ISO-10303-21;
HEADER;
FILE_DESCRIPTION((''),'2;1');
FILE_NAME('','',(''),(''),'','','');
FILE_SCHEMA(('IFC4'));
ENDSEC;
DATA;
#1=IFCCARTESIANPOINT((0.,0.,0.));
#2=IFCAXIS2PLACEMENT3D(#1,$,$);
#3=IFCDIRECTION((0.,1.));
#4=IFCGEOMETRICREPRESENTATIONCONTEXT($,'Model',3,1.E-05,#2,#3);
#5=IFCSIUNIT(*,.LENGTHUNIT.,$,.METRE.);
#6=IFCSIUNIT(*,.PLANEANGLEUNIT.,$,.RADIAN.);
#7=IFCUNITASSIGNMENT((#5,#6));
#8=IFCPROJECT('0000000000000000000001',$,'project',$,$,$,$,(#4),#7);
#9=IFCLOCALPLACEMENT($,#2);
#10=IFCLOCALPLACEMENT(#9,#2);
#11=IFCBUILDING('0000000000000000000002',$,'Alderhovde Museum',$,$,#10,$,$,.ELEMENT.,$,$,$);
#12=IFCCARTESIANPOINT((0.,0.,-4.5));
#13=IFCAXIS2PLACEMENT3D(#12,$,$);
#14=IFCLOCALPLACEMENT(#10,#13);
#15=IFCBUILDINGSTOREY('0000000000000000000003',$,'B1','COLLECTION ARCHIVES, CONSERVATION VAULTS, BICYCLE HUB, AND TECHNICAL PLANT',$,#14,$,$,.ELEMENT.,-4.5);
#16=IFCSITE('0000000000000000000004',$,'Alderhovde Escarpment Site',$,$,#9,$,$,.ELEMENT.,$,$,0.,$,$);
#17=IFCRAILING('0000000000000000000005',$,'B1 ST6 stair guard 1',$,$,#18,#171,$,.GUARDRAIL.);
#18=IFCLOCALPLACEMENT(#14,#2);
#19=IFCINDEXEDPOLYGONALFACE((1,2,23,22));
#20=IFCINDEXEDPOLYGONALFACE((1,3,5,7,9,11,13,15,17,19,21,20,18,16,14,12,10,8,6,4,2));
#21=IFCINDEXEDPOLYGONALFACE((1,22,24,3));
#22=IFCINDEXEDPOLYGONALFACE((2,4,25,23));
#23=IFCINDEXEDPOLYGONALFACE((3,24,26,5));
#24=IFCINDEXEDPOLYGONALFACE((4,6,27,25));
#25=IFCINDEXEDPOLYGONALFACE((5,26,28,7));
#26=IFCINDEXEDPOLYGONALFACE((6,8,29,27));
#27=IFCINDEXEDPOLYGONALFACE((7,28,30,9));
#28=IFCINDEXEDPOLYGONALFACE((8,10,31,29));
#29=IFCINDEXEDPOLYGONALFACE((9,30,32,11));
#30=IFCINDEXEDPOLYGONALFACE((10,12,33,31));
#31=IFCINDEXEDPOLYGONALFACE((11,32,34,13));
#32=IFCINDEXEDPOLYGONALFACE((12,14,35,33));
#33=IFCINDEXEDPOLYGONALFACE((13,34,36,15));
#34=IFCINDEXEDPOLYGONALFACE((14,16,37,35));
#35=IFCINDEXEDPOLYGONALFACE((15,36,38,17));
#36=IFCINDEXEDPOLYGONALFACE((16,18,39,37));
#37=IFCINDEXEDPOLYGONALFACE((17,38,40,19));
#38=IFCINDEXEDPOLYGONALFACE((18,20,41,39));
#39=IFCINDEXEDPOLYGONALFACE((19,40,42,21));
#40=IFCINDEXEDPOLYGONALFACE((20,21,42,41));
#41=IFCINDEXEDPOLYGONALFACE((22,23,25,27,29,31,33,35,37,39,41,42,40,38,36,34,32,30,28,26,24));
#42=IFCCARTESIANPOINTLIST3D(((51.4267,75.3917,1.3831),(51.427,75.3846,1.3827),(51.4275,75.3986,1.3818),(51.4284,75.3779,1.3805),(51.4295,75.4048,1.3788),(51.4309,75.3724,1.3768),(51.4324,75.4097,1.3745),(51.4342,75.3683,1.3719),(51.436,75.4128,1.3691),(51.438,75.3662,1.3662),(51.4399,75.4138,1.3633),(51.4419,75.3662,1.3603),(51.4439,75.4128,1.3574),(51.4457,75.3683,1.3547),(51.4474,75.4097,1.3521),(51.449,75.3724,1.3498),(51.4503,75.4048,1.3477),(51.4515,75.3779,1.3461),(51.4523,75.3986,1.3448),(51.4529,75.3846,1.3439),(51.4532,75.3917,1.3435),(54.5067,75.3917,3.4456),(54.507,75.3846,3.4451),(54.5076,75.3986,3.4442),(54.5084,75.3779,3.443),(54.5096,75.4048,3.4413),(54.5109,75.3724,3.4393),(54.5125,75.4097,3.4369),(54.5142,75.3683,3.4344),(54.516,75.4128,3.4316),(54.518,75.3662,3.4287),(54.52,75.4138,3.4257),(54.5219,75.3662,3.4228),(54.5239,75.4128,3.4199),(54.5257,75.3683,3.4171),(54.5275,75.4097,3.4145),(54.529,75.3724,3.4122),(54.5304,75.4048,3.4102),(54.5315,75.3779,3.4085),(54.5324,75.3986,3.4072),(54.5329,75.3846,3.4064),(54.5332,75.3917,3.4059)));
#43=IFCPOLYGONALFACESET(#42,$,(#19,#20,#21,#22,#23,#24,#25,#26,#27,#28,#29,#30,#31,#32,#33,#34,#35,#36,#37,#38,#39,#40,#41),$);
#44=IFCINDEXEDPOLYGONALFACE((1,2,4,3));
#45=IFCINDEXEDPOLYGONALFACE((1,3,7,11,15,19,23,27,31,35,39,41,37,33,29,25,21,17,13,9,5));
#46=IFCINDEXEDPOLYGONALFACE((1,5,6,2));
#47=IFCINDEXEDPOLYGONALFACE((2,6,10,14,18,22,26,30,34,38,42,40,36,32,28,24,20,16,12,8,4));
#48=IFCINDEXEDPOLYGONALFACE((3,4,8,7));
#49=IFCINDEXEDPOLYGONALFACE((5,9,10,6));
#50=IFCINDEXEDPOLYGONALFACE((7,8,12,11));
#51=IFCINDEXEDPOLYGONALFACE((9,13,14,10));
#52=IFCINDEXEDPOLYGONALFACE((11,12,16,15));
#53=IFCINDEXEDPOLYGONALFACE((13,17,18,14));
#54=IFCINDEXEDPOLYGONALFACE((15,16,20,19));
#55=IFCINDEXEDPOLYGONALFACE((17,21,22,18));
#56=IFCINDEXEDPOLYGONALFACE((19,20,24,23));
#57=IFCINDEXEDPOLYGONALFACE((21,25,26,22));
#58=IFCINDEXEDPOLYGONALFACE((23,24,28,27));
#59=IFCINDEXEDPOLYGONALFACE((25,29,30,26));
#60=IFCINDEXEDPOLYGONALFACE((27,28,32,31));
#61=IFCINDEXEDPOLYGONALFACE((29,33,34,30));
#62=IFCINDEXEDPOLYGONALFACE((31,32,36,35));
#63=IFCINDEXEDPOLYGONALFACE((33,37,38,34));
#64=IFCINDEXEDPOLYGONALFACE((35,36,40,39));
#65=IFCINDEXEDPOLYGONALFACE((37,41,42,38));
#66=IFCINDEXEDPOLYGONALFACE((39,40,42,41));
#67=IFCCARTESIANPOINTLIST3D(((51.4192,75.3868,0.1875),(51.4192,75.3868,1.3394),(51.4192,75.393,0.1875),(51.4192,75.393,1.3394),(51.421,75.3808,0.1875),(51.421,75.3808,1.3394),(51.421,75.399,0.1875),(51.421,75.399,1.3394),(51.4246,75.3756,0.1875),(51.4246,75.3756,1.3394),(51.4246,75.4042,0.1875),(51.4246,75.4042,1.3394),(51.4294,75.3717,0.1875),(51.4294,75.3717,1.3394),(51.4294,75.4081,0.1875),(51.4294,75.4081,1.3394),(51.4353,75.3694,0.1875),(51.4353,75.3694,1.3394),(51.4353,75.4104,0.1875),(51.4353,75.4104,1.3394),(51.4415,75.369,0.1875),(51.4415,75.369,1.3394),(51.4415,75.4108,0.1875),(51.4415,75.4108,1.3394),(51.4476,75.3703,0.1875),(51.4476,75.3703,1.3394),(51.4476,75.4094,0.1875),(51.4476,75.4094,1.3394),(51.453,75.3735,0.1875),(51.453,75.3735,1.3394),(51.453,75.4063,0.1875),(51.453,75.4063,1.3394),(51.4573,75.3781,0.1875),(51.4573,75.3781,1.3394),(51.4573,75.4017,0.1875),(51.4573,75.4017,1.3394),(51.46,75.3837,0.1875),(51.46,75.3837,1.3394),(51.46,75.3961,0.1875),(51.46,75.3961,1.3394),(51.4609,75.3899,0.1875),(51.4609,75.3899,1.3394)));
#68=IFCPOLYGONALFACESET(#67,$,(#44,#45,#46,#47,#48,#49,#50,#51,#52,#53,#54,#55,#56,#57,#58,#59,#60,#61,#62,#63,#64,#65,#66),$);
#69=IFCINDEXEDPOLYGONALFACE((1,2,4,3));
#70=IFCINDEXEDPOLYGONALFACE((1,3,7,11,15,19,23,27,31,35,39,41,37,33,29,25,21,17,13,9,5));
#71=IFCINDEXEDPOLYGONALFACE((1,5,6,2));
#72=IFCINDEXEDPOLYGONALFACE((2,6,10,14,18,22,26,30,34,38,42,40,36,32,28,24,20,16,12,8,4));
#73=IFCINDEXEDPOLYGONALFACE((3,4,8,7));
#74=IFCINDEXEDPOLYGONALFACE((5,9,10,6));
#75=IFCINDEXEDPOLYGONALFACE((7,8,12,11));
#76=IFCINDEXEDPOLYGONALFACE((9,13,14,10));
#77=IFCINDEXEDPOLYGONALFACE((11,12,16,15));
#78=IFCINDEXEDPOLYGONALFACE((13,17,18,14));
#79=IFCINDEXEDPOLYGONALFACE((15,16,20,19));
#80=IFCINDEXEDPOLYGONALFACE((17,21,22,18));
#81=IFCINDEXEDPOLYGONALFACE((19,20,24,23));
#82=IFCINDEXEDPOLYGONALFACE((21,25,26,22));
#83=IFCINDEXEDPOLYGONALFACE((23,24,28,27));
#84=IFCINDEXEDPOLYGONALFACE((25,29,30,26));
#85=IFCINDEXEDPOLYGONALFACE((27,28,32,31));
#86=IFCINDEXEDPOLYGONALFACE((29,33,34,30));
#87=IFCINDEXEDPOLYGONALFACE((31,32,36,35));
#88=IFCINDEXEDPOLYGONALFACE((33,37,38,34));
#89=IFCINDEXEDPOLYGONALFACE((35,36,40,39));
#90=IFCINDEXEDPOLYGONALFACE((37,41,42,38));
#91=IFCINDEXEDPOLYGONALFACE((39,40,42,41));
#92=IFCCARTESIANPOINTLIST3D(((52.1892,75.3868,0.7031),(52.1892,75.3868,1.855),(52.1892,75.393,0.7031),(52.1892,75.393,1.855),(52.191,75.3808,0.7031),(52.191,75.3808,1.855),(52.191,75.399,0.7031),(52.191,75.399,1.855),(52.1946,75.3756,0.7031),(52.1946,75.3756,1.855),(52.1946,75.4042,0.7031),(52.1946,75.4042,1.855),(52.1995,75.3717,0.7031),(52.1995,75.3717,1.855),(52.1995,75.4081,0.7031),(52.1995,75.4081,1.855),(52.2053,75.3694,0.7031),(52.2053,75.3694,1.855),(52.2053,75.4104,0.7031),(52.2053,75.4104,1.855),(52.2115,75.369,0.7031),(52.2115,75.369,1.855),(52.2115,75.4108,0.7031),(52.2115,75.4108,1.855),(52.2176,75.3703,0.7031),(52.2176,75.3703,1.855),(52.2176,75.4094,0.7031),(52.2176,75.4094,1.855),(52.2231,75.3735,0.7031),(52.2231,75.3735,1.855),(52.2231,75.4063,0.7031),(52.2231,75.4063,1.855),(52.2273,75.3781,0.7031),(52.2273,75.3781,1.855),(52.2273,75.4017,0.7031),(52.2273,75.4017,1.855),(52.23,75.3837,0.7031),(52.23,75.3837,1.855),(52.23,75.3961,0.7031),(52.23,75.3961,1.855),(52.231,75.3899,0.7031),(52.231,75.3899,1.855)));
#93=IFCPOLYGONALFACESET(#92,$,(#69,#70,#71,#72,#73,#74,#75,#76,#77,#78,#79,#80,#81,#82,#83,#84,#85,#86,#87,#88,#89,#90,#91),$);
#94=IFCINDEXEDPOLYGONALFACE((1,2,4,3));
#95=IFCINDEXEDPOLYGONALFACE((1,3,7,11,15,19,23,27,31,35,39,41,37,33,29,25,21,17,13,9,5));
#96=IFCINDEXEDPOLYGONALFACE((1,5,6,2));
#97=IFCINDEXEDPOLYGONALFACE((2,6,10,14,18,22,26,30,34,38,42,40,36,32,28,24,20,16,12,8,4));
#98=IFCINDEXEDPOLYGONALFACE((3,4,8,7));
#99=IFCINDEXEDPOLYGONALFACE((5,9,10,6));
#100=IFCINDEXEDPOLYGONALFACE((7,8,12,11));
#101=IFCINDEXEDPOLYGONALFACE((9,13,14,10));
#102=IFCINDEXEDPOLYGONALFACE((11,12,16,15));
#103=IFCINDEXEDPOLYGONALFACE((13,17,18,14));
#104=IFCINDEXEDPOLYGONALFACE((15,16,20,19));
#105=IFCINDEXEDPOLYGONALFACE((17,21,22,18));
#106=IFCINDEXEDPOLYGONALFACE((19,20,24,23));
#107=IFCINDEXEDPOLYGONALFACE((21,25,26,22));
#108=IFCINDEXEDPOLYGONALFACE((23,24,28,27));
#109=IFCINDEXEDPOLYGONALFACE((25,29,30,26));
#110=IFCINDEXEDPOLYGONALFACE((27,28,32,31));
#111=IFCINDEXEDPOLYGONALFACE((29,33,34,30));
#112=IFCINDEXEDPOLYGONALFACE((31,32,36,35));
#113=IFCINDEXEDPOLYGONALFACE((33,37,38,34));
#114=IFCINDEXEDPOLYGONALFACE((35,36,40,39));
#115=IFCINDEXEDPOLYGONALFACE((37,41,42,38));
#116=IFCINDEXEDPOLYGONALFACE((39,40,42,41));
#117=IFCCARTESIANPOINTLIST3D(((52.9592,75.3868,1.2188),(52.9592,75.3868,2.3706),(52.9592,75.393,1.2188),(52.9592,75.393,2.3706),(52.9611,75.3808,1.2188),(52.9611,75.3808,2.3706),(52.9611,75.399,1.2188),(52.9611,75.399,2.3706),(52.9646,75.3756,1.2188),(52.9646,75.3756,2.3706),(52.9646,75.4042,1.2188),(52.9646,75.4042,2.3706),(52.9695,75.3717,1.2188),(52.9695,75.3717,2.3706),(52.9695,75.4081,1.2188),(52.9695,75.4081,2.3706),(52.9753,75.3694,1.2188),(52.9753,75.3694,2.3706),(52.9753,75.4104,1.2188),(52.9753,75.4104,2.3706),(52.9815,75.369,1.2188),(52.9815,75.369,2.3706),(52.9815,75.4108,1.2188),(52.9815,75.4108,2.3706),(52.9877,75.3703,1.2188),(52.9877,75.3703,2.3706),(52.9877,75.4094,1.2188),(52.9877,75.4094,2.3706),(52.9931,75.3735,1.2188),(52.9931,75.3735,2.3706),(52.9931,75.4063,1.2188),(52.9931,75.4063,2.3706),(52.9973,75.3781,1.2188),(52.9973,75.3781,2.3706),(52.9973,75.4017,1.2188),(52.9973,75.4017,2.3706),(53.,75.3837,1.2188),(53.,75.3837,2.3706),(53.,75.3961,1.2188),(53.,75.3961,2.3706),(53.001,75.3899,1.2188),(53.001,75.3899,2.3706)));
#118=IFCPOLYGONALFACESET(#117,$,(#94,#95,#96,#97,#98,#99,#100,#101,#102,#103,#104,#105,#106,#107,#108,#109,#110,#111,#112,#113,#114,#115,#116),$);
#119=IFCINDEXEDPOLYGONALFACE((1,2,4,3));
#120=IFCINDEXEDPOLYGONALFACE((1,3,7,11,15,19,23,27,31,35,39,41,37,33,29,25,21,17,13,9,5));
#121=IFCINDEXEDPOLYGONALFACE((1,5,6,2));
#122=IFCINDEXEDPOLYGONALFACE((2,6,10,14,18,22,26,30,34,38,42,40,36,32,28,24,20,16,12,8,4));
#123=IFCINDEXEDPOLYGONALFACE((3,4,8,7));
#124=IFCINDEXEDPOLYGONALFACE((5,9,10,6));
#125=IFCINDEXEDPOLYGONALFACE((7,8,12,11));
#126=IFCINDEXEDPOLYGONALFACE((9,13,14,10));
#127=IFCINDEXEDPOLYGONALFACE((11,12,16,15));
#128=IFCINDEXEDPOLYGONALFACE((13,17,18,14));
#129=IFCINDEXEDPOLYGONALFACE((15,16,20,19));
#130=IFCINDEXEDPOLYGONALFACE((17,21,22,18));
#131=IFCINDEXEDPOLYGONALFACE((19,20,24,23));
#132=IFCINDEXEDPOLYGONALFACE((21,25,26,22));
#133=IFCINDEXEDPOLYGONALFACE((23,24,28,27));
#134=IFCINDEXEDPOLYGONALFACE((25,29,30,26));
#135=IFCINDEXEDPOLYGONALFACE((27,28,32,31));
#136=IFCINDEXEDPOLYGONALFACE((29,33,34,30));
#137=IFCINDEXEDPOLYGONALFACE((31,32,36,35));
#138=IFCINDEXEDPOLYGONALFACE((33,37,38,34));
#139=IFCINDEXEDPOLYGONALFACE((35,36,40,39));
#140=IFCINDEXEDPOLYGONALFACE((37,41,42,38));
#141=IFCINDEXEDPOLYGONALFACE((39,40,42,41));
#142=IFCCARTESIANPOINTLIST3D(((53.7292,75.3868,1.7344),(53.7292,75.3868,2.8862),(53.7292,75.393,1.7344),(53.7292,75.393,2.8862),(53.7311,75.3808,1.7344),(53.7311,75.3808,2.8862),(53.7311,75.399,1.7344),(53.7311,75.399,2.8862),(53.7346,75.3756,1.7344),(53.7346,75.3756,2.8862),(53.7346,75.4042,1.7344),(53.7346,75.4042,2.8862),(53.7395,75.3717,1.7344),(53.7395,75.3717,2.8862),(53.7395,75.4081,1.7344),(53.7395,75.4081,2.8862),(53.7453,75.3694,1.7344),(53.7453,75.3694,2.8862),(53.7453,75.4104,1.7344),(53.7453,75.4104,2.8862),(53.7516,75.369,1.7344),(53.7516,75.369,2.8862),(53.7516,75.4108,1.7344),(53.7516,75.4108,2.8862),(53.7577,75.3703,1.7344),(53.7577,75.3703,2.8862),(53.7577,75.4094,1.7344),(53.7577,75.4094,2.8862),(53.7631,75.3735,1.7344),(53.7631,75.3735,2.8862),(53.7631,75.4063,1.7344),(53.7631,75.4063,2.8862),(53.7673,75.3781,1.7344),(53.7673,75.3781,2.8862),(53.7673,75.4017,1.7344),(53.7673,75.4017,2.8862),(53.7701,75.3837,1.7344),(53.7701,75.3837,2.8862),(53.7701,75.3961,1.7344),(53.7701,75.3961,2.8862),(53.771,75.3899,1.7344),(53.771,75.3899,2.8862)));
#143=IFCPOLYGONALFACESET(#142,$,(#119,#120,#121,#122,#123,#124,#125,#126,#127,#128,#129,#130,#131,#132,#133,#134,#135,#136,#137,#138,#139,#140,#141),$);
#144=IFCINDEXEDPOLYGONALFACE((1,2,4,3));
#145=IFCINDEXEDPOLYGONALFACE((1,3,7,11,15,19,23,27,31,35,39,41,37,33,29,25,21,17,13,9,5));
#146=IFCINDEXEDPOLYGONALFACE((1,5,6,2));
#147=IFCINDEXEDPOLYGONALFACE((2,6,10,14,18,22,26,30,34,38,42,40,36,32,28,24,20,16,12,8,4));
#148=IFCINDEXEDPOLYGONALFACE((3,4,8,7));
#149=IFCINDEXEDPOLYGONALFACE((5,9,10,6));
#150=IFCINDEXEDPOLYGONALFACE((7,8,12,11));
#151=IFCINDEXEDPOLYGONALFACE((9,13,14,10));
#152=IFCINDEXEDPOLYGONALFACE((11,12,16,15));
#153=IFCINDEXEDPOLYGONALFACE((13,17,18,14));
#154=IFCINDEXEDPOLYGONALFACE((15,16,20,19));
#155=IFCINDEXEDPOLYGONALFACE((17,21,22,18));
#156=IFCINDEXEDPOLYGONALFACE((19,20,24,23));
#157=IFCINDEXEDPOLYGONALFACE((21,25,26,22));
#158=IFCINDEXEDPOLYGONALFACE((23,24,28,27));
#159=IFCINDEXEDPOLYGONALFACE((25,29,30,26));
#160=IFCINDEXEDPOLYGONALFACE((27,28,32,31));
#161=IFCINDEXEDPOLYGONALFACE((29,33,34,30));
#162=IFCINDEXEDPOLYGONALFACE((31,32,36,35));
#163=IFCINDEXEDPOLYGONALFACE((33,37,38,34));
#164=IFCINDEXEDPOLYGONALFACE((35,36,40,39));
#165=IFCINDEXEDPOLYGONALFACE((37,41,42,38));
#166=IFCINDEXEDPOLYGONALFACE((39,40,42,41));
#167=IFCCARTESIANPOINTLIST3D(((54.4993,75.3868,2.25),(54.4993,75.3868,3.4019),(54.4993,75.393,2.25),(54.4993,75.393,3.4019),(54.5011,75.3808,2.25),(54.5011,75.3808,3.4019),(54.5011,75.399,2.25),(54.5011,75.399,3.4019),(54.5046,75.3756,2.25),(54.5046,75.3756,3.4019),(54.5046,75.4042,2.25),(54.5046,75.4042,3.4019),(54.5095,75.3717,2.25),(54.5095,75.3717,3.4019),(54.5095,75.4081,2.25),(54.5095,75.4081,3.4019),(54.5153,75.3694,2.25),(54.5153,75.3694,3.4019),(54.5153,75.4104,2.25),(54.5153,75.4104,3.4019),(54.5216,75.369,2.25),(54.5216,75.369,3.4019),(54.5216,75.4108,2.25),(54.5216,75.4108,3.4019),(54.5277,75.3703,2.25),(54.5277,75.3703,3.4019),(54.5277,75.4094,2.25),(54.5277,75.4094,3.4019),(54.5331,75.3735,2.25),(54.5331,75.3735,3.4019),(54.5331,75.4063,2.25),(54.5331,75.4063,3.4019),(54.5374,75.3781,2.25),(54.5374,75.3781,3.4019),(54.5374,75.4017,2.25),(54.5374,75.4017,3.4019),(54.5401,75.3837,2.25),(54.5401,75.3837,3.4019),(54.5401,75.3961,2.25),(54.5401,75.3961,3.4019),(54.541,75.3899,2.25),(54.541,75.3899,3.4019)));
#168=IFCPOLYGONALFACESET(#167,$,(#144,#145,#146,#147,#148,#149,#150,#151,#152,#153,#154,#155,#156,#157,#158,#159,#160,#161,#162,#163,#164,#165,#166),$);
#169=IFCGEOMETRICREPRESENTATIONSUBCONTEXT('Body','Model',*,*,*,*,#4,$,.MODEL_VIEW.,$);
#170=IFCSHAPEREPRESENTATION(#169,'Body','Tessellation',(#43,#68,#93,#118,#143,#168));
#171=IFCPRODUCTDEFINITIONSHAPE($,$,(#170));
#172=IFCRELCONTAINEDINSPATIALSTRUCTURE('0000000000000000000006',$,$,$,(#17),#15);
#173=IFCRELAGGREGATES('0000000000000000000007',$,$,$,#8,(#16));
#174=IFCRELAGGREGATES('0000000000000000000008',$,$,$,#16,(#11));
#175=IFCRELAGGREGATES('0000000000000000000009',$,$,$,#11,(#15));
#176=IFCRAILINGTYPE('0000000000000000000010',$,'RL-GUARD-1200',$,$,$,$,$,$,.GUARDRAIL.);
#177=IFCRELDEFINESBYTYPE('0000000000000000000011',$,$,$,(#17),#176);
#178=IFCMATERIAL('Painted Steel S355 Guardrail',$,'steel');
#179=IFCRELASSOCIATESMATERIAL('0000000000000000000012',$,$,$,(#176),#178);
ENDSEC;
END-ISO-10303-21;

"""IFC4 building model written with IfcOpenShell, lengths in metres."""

from ifc_helpers import new_model, si_unit, direction, frame, origin, origin_2d, place, context, subcontext, project, spatial, circle, extrude, material, type_object, element, save


model = new_model("IFC4")

# Units and contexts
model_context = context("Model", 3, precision=1e-05, world=origin(), true_north=direction((0.0, 1.0)))
body_context = subcontext(model_context, "Body", "Model", "MODEL_VIEW")
ifc_project = project(units=[si_unit("LENGTHUNIT", "METRE"), si_unit("PLANEANGLEUNIT", "RADIAN")], contexts=[model_context])

# Site, building, storey
site_placement = place(None, origin())
site = spatial("IfcSite", under=ifc_project, at=site_placement, Name="Alderhovde Escarpment Site", CompositionType="ELEMENT", RefElevation=0.0)
building_placement = place(site_placement, origin())
building = spatial("IfcBuilding", under=site, at=building_placement, Name="Alderhovde Museum", CompositionType="ELEMENT")
storey_placement = place(building_placement, frame((0.0, 0.0, -4.5)))
storey = spatial("IfcBuildingStorey", under=building, at=storey_placement, Name="B1", Description="COLLECTION ARCHIVES, CONSERVATION VAULTS, BICYCLE HUB, AND TECHNICAL PLANT", CompositionType="ELEMENT", Elevation=-4.5)

# Railing
ifc_material_1 = material(Name="Painted Steel S355 Guardrail", Category="steel")
railing_type_1 = type_object("IfcRailingType", Name="RL-GUARD-1200", PredefinedType="GUARDRAIL", material=ifc_material_1)
railing_1_placement = place(storey_placement, frame((51.4399, 75.3899, 0.1875)))
element("IfcRailing", 1, at=railing_1_placement, inside=storey, type_object=railing_type_1, Name="B1 ST6 stair guard 1", PredefinedType="GUARDRAIL", context=body_context, shape_type="SweptSolid", body=[
    extrude(circle(Radius=0.0239, at=origin_2d()), frame((0.0, 0.0, 1.1758), z_axis=(0.830914, 0.0, 0.556401), x_axis=(0.0, 1.0, 0.0)), (0.0, 0.0, 1.0), 3.7068),
    extrude(circle(Radius=0.021, at=origin_2d()), origin(), (0.0, 0.0, 1.0), 1.1519),
    extrude(circle(Radius=0.021, at=origin_2d()), frame((0.77, 0.0, 0.5156)), (0.0, 0.0, 1.0), 1.1519),
    extrude(circle(Radius=0.021, at=origin_2d()), frame((1.54, 0.0, 1.0312)), (0.0, 0.0, 1.0), 1.1519),
    extrude(circle(Radius=0.021, at=origin_2d()), frame((2.3101, 0.0, 1.5469)), (0.0, 0.0, 1.0), 1.1519),
    extrude(circle(Radius=0.021, at=origin_2d()), frame((3.0801, 0.0, 2.0625)), (0.0, 0.0, 1.0), 1.1519),
])

save(model, "model.ifc")
